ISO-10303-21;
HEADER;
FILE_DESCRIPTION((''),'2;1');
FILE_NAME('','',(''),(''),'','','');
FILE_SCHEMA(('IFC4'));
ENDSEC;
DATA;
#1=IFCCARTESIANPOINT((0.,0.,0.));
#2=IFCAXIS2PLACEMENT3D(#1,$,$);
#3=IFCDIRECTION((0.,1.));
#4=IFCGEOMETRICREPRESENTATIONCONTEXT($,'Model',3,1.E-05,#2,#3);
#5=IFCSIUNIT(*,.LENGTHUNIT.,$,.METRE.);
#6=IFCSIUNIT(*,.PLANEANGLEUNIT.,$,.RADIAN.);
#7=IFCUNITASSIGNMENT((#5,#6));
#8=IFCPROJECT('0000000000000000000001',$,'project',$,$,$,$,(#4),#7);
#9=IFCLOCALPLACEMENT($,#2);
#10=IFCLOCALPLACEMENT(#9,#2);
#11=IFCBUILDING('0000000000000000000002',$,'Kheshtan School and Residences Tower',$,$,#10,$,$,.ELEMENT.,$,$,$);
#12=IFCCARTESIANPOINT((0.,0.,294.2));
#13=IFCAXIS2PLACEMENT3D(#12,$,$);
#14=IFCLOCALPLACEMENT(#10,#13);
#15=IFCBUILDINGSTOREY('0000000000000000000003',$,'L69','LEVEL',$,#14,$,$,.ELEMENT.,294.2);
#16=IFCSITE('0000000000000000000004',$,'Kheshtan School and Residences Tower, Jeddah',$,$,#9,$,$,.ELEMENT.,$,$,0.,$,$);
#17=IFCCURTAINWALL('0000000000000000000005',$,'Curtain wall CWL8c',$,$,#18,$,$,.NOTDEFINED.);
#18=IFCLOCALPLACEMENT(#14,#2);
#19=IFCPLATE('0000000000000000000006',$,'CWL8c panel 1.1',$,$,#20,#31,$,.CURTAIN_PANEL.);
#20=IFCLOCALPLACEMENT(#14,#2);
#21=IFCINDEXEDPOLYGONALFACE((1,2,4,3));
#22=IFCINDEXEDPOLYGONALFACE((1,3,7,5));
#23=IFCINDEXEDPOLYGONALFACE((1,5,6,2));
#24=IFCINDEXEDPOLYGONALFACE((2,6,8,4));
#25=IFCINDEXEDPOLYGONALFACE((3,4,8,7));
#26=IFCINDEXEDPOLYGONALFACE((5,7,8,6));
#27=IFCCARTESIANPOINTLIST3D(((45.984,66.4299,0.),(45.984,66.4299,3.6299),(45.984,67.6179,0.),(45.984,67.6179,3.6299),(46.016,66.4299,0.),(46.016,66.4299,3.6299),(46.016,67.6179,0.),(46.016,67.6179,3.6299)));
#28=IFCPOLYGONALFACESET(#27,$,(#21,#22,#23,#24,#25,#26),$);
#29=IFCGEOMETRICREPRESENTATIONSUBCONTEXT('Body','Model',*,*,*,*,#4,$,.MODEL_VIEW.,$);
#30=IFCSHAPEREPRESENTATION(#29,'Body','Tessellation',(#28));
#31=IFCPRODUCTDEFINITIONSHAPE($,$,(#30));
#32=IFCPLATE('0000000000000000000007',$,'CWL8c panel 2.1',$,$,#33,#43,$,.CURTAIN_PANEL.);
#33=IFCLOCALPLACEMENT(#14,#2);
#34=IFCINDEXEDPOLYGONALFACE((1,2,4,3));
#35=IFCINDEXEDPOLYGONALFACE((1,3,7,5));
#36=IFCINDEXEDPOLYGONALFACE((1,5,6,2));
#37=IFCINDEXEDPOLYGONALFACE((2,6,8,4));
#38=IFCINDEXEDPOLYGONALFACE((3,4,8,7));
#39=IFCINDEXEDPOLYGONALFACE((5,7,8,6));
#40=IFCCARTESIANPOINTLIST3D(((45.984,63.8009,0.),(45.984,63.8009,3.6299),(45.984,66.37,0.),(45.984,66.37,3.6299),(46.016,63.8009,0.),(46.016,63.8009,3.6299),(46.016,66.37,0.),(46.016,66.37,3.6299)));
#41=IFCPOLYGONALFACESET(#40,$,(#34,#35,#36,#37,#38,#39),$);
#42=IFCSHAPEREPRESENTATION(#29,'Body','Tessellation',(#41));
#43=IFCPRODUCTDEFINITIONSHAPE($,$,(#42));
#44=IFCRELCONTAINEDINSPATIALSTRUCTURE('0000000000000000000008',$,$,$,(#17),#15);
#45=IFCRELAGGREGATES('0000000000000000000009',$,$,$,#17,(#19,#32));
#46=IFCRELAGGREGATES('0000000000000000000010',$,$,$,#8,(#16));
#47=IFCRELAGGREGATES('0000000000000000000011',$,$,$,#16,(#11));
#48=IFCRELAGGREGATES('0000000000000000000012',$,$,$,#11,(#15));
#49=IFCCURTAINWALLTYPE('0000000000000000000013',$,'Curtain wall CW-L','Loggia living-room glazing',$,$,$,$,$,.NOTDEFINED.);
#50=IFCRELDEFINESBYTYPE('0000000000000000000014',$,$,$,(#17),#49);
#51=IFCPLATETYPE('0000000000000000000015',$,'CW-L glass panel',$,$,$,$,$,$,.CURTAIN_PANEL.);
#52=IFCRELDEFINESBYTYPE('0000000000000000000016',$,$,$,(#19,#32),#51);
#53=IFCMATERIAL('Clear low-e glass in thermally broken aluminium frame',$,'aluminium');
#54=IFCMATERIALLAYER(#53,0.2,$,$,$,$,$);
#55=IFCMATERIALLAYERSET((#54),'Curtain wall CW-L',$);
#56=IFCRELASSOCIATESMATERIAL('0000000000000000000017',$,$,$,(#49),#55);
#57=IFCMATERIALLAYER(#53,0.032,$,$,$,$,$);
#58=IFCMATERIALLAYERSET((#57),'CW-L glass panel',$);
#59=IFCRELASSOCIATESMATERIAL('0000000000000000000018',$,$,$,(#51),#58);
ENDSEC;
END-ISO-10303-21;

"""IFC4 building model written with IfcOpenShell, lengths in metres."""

from ifc_helpers import new_model, si_unit, direction, frame, origin, origin_2d, place, context, subcontext, project, spatial, rectangle, extrude, material, layer, layer_set, type_object, element, aggregate, save


model = new_model("IFC4")

# Units and contexts
model_context = context("Model", 3, precision=1e-05, world=origin(), true_north=direction((0.0, 1.0)))
body_context = subcontext(model_context, "Body", "Model", "MODEL_VIEW")
ifc_project = project(units=[si_unit("LENGTHUNIT", "METRE"), si_unit("PLANEANGLEUNIT", "RADIAN")], contexts=[model_context])

# Site, building, storey
site_placement = place(None, origin())
site = spatial("IfcSite", under=ifc_project, at=site_placement, Name="Kheshtan School and Residences Tower, Jeddah", CompositionType="ELEMENT", RefElevation=0.0)
building_placement = place(site_placement, origin())
building = spatial("IfcBuilding", under=site, at=building_placement, Name="Kheshtan School and Residences Tower", CompositionType="ELEMENT")
storey_placement = place(building_placement, frame((0.0, 0.0, 294.2)))
storey = spatial("IfcBuildingStorey", under=building, at=storey_placement, Name="L69", Description="LEVEL", CompositionType="ELEMENT", Elevation=294.2)

# Shared definitions
ifc_material_1 = material(Name="Clear low-e glass in thermally broken aluminium frame", Category="aluminium")
ifc_layer_1 = layer(ifc_material_1, 0.2)
ifc_layer_set_1 = layer_set([ifc_layer_1], Name="Curtain wall CW-L")
curtain_wall_type = type_object("IfcCurtainWallType", Name="Curtain wall CW-L", Description="Loggia living-room glazing", PredefinedType="NOTDEFINED", material=ifc_layer_set_1)

# Curtain wall
curtain_wall_1_placement = place(storey_placement, origin())
curtain_wall_1 = element("IfcCurtainWall", 1, at=curtain_wall_1_placement, inside=storey, type_object=curtain_wall_type, Name="Curtain wall CWL8c", PredefinedType="NOTDEFINED")

# Plates
ifc_layer_2 = layer(ifc_material_1, 0.032)
ifc_layer_set_2 = layer_set([ifc_layer_2], Name="CW-L glass panel")
plate_type = type_object("IfcPlateType", Name="CW-L glass panel", PredefinedType="CURTAIN_PANEL", material=ifc_layer_set_2)
plate_1_placement = place(storey_placement, frame((46.0, 67.0239, 0.0), z_axis=(0.0, 0.0, 1.0), x_axis=(0.0, -1.0, 0.0)))
plate_1 = element("IfcPlate", 2, at=plate_1_placement, type_object=plate_type, Name="CWL8c panel 1.1", PredefinedType="CURTAIN_PANEL", context=body_context, shape_type="SweptSolid", body=[
    extrude(rectangle(XDim=1.188, YDim=0.032, at=origin_2d()), origin(), (0.0, 0.0, 1.0), 3.6299),
])
plate_2_placement = place(storey_placement, frame((46.0, 65.0854, 0.0), z_axis=(0.0, 0.0, 1.0), x_axis=(0.0, -1.0, 0.0)))
plate_2 = element("IfcPlate", 3, at=plate_2_placement, type_object=plate_type, Name="CWL8c panel 2.1", PredefinedType="CURTAIN_PANEL", context=body_context, shape_type="SweptSolid", body=[
    extrude(rectangle(XDim=2.5691, YDim=0.032, at=origin_2d()), origin(), (0.0, 0.0, 1.0), 3.6299),
])
aggregate(curtain_wall_1, [plate_1, plate_2])

save(model, "model.ifc")
